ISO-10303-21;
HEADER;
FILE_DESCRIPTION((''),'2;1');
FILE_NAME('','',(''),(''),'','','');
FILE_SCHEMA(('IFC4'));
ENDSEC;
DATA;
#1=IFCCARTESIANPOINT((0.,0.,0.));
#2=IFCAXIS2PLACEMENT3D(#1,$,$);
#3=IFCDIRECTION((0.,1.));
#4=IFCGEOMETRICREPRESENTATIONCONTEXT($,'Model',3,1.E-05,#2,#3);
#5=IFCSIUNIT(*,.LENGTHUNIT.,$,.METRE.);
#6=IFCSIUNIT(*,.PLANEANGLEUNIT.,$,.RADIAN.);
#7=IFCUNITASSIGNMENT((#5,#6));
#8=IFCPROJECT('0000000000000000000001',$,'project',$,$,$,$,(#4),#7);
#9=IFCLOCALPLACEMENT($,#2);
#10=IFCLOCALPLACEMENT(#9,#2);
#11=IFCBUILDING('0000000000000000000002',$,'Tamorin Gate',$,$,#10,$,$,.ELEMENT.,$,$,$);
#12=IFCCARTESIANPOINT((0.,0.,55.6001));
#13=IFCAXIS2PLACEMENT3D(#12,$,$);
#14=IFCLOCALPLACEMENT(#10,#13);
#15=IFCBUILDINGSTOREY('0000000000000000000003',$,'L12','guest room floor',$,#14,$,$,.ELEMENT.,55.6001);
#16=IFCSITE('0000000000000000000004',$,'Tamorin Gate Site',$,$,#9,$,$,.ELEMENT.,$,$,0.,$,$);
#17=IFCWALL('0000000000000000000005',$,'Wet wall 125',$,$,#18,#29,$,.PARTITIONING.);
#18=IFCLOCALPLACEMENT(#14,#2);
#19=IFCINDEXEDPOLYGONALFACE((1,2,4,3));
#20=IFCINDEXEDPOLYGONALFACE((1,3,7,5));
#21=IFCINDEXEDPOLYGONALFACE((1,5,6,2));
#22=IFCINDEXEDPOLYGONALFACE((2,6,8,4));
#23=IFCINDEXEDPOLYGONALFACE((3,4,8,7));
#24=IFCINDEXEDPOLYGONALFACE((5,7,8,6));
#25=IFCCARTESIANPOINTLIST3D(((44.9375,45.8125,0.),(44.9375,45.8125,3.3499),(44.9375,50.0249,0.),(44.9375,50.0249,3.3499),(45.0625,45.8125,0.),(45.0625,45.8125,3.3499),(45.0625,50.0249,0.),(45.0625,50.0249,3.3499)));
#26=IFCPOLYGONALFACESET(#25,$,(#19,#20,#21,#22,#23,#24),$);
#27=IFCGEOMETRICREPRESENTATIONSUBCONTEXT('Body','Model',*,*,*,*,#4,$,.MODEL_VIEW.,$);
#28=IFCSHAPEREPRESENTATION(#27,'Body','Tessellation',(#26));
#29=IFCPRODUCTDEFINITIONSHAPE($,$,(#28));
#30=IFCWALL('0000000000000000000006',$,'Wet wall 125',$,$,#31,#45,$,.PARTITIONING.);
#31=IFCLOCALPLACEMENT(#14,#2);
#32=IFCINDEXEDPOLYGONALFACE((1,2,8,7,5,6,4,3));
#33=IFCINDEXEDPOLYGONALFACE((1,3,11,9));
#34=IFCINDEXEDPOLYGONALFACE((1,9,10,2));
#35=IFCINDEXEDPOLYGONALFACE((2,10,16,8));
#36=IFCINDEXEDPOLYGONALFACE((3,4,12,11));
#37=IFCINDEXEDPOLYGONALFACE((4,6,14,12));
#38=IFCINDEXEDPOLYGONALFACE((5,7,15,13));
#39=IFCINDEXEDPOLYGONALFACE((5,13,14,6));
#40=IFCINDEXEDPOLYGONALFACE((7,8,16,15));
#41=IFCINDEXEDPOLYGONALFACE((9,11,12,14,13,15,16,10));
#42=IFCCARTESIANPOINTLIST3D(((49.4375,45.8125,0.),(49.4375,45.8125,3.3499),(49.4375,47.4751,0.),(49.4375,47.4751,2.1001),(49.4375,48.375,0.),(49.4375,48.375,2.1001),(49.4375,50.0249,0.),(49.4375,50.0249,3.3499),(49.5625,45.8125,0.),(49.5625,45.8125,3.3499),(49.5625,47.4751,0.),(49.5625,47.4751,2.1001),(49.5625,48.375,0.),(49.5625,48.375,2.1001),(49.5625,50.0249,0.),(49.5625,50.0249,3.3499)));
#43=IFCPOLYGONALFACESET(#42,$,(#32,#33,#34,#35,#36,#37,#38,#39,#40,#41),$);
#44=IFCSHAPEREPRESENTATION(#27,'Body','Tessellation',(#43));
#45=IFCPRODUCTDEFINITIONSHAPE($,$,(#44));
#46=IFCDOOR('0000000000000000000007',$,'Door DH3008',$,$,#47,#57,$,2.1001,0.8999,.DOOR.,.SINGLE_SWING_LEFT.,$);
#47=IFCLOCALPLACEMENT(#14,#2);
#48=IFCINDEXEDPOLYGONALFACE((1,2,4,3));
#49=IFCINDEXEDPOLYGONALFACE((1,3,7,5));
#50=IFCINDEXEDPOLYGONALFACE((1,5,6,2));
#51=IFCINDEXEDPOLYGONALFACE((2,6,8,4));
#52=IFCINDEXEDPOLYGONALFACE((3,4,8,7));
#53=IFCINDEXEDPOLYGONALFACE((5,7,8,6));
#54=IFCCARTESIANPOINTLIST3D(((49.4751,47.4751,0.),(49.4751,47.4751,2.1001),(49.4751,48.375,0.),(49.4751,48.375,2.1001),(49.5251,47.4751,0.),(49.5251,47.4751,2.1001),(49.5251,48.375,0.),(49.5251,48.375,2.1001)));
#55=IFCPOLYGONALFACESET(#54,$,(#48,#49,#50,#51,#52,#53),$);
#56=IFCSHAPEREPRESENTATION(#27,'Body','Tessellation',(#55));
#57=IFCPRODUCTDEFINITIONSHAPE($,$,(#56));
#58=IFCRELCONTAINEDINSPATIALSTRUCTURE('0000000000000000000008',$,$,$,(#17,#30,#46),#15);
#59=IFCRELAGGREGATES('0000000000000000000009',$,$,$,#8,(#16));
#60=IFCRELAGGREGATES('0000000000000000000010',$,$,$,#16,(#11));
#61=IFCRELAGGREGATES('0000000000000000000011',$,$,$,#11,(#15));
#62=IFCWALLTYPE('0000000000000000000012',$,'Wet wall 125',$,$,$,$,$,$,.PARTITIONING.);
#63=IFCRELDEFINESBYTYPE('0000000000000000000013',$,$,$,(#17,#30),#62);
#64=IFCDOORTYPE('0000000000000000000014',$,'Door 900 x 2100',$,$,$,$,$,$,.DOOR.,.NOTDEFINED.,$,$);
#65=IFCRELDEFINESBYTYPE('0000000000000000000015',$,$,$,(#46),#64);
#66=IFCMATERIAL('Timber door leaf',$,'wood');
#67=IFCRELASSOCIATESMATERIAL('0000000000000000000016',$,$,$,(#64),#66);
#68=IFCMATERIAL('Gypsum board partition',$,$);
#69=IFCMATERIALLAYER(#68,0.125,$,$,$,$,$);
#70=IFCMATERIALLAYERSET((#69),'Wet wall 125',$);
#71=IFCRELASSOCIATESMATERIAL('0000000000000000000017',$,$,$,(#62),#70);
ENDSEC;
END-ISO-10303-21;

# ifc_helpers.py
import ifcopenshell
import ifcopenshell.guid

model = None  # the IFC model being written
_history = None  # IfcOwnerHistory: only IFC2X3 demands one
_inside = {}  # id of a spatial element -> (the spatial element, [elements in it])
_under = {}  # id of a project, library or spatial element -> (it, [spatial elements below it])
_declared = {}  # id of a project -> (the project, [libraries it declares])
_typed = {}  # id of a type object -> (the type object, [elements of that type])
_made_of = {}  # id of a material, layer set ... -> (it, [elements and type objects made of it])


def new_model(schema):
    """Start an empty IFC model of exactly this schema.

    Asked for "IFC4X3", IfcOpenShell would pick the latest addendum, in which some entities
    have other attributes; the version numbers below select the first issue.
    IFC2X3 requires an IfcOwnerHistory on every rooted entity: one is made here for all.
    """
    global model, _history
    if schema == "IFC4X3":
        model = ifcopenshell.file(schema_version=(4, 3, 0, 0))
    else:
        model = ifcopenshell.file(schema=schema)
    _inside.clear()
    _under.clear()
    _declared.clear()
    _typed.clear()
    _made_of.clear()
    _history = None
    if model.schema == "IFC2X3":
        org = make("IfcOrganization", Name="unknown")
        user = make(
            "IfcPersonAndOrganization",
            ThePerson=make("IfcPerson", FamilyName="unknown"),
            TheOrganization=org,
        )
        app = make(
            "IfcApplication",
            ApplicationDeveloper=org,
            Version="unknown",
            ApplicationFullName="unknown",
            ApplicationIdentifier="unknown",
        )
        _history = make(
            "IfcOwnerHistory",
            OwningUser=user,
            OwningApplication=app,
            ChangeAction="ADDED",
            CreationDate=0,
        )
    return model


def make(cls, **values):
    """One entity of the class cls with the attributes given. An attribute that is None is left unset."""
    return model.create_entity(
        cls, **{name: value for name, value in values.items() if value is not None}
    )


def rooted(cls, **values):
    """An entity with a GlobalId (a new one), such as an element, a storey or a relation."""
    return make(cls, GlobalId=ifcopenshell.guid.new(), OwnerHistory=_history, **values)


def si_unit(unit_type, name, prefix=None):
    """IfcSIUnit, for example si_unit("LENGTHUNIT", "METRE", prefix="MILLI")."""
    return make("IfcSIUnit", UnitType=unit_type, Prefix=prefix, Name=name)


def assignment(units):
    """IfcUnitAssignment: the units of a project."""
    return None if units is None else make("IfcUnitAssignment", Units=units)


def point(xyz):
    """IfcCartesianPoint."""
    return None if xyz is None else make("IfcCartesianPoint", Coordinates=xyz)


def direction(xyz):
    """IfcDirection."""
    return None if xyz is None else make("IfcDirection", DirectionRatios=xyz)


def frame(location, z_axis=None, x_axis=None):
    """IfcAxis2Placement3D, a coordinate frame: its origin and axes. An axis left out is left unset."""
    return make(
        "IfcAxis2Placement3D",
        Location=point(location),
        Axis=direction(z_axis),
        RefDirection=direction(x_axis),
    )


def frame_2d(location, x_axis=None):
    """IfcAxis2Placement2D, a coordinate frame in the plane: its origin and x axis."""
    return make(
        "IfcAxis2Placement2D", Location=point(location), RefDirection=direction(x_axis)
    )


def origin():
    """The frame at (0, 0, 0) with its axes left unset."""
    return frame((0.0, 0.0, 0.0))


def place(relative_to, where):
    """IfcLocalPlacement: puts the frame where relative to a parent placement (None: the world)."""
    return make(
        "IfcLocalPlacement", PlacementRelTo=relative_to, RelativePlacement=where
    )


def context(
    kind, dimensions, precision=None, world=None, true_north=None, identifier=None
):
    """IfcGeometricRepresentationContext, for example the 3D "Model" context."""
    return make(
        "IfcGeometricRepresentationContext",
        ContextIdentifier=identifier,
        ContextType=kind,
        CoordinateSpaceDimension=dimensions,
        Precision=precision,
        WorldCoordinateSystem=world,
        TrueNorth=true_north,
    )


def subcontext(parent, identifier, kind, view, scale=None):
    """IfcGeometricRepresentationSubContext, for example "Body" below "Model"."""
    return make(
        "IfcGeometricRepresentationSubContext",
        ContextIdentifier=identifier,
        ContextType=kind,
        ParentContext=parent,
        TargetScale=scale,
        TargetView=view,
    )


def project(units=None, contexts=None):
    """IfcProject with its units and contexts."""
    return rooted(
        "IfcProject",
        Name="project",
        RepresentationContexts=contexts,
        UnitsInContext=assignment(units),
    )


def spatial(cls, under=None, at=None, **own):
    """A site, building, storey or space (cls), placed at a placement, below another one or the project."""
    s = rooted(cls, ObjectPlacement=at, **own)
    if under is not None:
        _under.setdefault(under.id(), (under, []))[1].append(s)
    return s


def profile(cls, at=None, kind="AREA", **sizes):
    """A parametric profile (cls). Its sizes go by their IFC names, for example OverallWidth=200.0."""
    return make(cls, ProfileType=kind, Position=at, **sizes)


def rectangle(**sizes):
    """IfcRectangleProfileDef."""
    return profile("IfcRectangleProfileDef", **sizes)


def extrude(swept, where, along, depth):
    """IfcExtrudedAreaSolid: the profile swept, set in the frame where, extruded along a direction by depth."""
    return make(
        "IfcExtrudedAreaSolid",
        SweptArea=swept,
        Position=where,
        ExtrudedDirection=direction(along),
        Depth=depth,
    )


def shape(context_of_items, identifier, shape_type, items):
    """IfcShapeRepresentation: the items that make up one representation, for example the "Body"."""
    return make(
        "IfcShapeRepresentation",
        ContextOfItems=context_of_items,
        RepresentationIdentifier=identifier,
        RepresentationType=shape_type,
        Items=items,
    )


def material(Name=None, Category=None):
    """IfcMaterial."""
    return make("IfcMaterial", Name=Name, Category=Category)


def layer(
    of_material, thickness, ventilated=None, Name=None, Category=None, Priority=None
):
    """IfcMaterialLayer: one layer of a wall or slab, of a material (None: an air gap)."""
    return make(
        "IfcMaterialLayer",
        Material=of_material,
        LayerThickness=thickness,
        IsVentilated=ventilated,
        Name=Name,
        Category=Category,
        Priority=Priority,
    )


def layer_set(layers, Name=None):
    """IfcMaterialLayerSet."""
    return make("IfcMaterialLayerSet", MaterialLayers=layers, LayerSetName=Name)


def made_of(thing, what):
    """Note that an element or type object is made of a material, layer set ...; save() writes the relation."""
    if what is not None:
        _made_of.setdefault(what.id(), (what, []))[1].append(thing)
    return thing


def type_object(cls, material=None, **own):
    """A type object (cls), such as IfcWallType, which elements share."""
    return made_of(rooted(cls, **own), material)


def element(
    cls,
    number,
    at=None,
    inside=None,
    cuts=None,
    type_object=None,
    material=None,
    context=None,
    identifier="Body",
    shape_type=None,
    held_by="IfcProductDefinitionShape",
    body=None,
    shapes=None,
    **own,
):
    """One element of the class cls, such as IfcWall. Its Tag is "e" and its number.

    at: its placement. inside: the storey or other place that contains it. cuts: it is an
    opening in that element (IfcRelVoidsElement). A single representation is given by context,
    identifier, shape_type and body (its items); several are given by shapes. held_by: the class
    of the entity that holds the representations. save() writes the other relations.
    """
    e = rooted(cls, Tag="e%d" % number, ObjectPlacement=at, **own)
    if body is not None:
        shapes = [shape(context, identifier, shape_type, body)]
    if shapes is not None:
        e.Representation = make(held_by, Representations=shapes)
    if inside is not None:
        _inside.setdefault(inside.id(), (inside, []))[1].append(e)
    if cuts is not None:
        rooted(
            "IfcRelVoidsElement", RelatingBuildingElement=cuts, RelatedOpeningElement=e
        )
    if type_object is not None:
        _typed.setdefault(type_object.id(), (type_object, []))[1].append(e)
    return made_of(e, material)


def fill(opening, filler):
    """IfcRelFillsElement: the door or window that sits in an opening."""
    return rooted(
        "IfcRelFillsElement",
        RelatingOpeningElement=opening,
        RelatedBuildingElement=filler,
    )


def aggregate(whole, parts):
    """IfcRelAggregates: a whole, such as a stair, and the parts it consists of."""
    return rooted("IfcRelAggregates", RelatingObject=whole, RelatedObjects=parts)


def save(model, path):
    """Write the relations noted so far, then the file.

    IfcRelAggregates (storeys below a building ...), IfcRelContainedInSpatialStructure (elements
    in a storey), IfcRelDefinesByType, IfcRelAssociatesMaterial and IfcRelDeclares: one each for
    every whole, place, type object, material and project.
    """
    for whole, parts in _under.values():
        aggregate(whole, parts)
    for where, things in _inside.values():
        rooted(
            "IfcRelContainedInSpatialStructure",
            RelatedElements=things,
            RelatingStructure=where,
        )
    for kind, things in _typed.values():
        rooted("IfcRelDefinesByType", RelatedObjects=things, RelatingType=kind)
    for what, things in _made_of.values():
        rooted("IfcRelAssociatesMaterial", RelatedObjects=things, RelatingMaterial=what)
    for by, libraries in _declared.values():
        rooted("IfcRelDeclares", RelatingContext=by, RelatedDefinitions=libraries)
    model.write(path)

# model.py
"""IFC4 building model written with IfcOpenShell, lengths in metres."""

from ifc_helpers import new_model, si_unit, direction, frame, frame_2d, origin, place, context, subcontext, project, spatial, rectangle, extrude, material, layer, layer_set, type_object, element, fill, save


model = new_model("IFC4")

# Units and contexts
model_context = context("Model", 3, precision=1e-05, world=origin(), true_north=direction((0.0, 1.0)))
body_context = subcontext(model_context, "Body", "Model", "MODEL_VIEW")
ifc_project = project(units=[si_unit("LENGTHUNIT", "METRE"), si_unit("PLANEANGLEUNIT", "RADIAN")], contexts=[model_context])

# Site, building, storey
site_placement = place(None, origin())
site = spatial("IfcSite", under=ifc_project, at=site_placement, Name="Tamorin Gate Site", CompositionType="ELEMENT", RefElevation=0.0)
building_placement = place(site_placement, origin())
building = spatial("IfcBuilding", under=site, at=building_placement, Name="Tamorin Gate", CompositionType="ELEMENT")
storey_placement = place(building_placement, frame((0.0, 0.0, 55.6001)))
storey = spatial("IfcBuildingStorey", under=building, at=storey_placement, Name="L12", Description="guest room floor", CompositionType="ELEMENT", Elevation=55.6001)

# Shared definitions
ifc_material_1 = material(Name="Gypsum board partition")

# Shared definitions
ifc_material_2 = material(Name="Timber door leaf", Category="wood")
door_type = type_object("IfcDoorType", Name="Door 900 x 2100", OperationType="NOTDEFINED", PredefinedType="DOOR", material=ifc_material_2)

# Shared definitions
ifc_layer_1 = layer(ifc_material_1, 0.125)
ifc_layer_set_1 = layer_set([ifc_layer_1], Name="Wet wall 125")
wall_type_1 = type_object("IfcWallType", Name="Wet wall 125", PredefinedType="PARTITIONING", material=ifc_layer_set_1)

# Wall
wall_1_placement = place(storey_placement, frame((45.0, 45.8125, 0.0), z_axis=(0.0, 0.0, 1.0), x_axis=(0.0, 1.0, 0.0)))
element("IfcWall", 1, at=wall_1_placement, inside=storey, type_object=wall_type_1, Name="Wet wall 125", PredefinedType="PARTITIONING", context=body_context, shape_type="SweptSolid", body=[
    extrude(rectangle(XDim=4.2124, YDim=0.125, at=frame_2d((2.1062, 0.0))), origin(), (0.0, 0.0, 1.0), 3.3499),
])

# Wall, opening, door
wall_2_placement = place(storey_placement, frame((49.5, 45.8125, 0.0), z_axis=(0.0, 0.0, 1.0), x_axis=(0.0, 1.0, 0.0)))
wall_2 = element("IfcWall", 2, at=wall_2_placement, inside=storey, type_object=wall_type_1, Name="Wet wall 125", PredefinedType="PARTITIONING", context=body_context, shape_type="SweptSolid", body=[
    extrude(rectangle(XDim=4.2124, YDim=0.125, at=frame_2d((2.1062, 0.0))), origin(), (0.0, 0.0, 1.0), 3.3499),
])
opening_1_placement = place(wall_2_placement, frame((1.6626, 0.0, 0.0)))
opening_1 = element("IfcOpeningElement", 3, at=opening_1_placement, cuts=wall_2, PredefinedType="OPENING", context=body_context, shape_type="SweptSolid", body=[
    extrude(rectangle(XDim=0.8999, YDim=2.1001, at=frame_2d((0.45, 1.05))), frame((0.0, 0.0725, 0.0), z_axis=(0.0, -1.0, 0.0), x_axis=(1.0, 0.0, 0.0)), (0.0, 0.0, 1.0), 0.145),
])
door_1_placement = place(opening_1_placement, origin())
door_1 = element("IfcDoor", 4, at=door_1_placement, inside=storey, type_object=door_type, Name="Door DH3008", OperationType="SINGLE_SWING_LEFT", OverallHeight=2.1001, OverallWidth=0.8999, PredefinedType="DOOR", context=body_context, shape_type="SweptSolid", body=[
    extrude(rectangle(XDim=0.8999, YDim=2.1001, at=frame_2d((0.45, 1.05))), frame((0.0, 0.0249, 0.0), z_axis=(0.0, -1.0, 0.0), x_axis=(1.0, 0.0, 0.0)), (0.0, 0.0, 1.0), 0.05),
])
fill(opening_1, door_1)

save(model, "model.ifc")
